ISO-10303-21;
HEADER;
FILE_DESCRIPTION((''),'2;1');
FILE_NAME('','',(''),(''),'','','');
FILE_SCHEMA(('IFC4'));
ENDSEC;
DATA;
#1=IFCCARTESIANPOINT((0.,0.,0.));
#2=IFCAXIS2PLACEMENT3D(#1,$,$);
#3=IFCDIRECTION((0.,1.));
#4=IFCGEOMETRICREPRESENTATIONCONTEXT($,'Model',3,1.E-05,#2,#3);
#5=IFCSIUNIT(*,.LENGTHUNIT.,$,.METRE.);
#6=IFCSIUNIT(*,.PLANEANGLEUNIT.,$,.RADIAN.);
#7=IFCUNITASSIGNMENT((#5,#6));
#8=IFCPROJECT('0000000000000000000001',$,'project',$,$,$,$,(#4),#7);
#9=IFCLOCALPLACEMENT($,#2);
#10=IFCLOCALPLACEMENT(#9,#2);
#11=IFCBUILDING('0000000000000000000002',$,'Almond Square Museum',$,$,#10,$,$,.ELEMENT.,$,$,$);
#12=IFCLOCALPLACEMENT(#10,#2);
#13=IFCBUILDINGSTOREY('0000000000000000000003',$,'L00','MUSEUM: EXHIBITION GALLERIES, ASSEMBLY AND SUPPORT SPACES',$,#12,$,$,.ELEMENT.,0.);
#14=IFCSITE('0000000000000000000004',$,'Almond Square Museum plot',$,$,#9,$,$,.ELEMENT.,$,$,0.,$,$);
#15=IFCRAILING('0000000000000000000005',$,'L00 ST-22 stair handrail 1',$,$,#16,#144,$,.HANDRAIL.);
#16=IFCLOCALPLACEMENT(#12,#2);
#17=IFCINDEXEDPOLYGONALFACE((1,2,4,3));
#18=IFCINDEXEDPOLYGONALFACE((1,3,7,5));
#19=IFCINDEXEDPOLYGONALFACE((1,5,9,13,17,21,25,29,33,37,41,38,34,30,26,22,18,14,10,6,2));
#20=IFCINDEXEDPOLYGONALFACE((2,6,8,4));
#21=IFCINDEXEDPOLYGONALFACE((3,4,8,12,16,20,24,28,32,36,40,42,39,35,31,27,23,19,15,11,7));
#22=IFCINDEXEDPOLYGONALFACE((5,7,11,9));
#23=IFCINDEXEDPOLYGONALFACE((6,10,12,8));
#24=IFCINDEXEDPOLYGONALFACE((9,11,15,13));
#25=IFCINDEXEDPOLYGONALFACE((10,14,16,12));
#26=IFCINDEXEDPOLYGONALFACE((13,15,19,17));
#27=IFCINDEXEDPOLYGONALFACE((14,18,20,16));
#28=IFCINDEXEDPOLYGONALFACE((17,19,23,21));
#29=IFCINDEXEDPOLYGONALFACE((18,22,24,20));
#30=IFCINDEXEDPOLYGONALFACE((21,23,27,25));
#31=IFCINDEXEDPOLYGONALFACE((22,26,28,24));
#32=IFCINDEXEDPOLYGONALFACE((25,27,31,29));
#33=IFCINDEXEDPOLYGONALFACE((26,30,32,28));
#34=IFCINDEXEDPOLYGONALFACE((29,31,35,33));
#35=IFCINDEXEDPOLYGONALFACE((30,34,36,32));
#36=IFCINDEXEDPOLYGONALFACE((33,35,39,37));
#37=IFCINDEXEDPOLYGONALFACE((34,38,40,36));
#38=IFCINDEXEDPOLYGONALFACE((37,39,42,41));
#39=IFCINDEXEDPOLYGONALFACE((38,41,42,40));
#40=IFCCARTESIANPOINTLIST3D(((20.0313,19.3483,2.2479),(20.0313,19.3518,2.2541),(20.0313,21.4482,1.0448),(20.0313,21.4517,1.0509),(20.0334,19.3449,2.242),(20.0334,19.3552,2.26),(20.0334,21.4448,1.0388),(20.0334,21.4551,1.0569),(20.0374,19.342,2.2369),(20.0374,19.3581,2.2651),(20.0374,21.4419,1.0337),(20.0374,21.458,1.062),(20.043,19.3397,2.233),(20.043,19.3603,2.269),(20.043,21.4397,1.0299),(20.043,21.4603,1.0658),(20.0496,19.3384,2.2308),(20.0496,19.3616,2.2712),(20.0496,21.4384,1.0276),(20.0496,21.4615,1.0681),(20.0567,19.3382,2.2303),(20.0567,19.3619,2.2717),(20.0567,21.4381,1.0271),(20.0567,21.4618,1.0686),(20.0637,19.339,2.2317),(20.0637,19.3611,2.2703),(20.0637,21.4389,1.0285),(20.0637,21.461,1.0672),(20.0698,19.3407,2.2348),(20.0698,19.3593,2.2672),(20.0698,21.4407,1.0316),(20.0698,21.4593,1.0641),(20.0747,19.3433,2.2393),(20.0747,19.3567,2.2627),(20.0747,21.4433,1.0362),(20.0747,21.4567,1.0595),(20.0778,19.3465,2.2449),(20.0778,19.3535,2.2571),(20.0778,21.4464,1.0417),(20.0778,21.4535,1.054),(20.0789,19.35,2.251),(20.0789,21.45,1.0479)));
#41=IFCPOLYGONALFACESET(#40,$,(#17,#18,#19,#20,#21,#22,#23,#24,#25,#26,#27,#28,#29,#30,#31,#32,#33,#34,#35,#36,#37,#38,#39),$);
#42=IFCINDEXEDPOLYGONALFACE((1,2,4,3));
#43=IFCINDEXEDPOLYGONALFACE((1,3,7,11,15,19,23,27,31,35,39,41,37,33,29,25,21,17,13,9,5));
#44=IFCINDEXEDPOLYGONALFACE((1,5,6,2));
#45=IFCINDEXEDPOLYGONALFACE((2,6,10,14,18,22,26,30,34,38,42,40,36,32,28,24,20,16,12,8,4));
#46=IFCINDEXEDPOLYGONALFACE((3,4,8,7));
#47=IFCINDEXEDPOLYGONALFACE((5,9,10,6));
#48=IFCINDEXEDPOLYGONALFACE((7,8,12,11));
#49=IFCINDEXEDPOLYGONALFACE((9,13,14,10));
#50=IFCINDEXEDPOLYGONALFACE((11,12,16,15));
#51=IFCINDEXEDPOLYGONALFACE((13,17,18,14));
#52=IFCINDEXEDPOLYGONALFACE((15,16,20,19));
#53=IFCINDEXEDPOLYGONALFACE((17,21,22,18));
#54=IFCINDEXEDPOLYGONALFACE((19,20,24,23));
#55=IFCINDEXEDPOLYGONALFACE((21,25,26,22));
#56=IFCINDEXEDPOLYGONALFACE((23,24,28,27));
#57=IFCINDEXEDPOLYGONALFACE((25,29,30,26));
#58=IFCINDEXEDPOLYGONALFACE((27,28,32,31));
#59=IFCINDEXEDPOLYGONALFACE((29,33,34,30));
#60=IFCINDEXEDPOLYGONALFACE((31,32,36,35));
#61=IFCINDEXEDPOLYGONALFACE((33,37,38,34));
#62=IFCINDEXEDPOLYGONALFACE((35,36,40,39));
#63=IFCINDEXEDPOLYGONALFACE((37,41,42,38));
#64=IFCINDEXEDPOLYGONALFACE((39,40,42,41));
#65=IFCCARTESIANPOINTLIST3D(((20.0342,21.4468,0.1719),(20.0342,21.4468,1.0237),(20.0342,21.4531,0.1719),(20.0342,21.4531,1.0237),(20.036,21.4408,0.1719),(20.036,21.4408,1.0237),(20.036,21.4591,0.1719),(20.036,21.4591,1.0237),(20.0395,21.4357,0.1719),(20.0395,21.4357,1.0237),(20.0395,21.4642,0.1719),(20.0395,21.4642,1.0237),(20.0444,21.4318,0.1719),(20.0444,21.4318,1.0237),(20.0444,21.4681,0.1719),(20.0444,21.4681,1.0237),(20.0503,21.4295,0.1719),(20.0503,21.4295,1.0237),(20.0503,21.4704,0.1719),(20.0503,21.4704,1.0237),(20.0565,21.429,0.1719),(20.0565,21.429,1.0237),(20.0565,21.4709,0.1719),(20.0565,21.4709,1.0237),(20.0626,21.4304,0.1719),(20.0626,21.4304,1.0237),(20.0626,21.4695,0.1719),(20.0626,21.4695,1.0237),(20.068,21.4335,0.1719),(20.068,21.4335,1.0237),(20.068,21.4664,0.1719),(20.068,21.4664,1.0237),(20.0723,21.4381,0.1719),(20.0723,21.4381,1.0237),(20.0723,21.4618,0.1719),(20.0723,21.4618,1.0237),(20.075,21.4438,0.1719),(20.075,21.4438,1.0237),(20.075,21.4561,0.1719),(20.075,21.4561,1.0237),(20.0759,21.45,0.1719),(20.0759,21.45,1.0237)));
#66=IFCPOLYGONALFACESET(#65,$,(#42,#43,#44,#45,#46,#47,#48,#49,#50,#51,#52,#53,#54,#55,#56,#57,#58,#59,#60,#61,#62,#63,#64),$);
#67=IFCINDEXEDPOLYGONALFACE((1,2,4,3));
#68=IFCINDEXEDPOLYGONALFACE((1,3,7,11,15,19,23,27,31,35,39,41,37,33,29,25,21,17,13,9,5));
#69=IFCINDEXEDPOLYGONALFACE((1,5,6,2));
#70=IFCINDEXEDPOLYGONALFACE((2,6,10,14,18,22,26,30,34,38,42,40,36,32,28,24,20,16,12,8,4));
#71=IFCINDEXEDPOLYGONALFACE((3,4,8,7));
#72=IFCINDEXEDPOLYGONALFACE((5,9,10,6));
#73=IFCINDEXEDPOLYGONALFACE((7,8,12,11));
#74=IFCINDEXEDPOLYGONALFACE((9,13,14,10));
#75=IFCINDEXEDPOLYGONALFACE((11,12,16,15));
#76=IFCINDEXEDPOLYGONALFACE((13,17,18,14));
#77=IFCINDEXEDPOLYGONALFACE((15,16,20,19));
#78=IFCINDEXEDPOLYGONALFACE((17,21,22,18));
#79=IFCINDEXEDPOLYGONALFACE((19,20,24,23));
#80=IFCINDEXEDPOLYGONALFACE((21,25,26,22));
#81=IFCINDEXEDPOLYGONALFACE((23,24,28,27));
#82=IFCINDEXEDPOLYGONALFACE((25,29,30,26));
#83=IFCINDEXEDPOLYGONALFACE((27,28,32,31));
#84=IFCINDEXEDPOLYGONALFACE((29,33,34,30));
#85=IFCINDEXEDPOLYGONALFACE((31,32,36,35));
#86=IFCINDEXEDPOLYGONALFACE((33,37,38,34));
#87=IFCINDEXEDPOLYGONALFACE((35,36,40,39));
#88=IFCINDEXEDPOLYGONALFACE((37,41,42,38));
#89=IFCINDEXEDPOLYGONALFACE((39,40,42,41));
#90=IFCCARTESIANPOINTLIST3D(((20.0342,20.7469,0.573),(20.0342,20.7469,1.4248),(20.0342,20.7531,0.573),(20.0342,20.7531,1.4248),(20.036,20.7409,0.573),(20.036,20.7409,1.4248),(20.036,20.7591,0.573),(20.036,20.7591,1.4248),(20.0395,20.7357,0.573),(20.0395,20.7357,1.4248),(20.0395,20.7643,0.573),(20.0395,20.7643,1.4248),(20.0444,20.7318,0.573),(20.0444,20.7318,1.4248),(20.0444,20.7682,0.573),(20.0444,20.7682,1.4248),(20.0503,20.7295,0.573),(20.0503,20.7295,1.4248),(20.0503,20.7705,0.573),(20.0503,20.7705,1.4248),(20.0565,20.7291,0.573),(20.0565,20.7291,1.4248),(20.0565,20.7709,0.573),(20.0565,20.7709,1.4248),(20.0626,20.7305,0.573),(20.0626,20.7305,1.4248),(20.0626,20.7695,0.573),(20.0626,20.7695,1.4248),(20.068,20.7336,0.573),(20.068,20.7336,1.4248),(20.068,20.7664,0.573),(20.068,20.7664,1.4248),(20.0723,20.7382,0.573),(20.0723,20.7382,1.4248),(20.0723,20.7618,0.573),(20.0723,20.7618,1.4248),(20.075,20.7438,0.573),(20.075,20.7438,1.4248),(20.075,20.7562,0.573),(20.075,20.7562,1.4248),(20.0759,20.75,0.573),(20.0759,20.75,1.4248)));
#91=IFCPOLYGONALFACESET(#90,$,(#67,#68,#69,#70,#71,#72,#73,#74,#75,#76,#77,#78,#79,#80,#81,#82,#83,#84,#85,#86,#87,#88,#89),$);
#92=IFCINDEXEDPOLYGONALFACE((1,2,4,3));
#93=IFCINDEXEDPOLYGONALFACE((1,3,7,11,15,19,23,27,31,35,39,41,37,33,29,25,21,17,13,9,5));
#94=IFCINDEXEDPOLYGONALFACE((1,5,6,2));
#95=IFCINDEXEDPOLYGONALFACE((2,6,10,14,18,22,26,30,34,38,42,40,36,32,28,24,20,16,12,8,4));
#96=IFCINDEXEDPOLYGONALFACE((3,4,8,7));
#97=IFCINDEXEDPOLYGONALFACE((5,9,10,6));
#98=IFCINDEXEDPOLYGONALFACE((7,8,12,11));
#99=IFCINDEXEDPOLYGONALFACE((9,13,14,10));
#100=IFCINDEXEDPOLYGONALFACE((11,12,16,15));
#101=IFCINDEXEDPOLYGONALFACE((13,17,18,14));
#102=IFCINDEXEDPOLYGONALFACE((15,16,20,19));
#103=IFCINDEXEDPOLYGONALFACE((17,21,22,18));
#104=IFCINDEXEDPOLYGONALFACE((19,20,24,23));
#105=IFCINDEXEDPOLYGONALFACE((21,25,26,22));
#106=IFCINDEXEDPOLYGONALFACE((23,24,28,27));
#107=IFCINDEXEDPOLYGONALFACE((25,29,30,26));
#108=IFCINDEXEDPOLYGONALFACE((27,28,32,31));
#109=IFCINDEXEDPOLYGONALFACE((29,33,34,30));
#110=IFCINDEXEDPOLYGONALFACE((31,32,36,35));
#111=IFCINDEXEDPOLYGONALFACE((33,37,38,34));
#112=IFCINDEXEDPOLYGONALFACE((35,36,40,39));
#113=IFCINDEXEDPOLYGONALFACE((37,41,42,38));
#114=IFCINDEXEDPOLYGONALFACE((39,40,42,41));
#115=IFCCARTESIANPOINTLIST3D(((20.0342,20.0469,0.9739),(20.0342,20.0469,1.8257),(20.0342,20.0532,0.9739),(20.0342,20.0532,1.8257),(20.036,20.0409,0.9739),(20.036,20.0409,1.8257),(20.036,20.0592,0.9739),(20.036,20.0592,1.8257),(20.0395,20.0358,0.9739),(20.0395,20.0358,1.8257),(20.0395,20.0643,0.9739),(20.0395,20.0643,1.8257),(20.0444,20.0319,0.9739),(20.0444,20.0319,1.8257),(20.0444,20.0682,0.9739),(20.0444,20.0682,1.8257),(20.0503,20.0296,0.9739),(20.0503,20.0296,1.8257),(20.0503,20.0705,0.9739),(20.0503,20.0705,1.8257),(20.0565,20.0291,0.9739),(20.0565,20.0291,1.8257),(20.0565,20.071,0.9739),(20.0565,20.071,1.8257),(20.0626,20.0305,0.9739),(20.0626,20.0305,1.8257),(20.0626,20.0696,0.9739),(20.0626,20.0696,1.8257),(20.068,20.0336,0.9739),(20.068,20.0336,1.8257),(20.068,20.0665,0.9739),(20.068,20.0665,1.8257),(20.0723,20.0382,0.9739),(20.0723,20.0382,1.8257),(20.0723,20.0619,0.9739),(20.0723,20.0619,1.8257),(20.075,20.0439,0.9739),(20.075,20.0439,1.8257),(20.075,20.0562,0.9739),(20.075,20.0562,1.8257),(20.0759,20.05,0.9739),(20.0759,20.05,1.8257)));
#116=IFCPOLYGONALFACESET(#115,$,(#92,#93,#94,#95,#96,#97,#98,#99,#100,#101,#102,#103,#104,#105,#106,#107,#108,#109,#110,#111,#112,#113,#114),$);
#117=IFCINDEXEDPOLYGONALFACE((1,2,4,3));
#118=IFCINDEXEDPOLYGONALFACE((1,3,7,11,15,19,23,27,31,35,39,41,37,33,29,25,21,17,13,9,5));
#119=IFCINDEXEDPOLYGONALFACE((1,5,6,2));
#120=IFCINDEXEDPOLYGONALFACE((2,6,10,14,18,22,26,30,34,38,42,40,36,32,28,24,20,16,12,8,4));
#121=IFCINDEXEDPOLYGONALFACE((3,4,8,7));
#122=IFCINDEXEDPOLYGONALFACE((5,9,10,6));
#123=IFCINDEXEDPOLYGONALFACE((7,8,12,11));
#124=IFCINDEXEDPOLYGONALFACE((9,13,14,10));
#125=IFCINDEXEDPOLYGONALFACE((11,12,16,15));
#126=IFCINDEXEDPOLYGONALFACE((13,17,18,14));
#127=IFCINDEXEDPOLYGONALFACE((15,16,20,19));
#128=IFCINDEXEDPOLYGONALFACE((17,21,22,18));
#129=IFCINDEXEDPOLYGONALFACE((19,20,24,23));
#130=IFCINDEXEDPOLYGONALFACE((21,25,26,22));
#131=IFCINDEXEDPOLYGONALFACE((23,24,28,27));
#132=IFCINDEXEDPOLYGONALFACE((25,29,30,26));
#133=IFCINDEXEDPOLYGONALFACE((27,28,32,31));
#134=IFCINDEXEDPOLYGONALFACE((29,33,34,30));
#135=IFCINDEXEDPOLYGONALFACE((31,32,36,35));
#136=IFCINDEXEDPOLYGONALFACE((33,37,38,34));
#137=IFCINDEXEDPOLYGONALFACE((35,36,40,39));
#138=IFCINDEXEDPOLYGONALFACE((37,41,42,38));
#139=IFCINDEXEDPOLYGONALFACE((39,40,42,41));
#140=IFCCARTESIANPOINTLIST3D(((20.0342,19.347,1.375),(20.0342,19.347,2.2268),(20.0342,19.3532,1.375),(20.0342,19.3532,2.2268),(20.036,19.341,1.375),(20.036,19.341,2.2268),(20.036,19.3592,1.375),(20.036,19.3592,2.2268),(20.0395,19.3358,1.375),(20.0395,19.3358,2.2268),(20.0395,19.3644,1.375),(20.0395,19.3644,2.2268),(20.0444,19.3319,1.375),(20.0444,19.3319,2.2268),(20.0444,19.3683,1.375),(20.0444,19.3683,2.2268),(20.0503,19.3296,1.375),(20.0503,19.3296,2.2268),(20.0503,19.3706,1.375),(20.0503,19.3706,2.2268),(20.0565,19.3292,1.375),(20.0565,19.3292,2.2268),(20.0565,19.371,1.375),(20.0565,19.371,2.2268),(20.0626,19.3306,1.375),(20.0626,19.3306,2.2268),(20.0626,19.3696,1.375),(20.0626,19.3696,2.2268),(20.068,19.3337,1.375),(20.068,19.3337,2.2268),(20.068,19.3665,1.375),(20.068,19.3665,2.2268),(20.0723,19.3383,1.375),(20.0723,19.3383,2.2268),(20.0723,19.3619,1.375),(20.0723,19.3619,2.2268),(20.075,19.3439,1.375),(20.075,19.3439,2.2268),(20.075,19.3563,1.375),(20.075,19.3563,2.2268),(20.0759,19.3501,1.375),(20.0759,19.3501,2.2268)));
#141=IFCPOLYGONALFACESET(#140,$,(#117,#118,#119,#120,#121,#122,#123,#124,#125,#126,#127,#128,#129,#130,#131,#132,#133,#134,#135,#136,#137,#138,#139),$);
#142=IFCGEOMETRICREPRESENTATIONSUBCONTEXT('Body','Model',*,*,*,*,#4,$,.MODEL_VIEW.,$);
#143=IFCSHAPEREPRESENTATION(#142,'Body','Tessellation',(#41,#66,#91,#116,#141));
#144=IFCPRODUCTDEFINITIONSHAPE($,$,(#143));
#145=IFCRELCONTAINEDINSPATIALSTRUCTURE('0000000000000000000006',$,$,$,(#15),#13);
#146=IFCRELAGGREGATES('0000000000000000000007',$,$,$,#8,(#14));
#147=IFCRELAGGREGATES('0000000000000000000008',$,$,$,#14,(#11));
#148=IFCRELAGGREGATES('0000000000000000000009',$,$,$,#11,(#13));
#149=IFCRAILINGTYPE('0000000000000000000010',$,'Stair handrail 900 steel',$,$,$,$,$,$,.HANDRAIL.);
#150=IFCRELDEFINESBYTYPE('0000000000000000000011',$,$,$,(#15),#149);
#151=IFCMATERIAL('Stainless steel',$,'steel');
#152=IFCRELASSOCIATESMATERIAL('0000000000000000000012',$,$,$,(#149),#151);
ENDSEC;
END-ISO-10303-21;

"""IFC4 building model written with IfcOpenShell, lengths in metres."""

from ifc_helpers import new_model, si_unit, direction, frame, origin, origin_2d, place, context, subcontext, project, spatial, circle, extrude, material, type_object, element, save


model = new_model("IFC4")

# Units and contexts
model_context = context("Model", 3, precision=1e-05, world=origin(), true_north=direction((0.0, 1.0)))
body_context = subcontext(model_context, "Body", "Model", "MODEL_VIEW")
ifc_project = project(units=[si_unit("LENGTHUNIT", "METRE"), si_unit("PLANEANGLEUNIT", "RADIAN")], contexts=[model_context])

# Site, building, storey
site_placement = place(None, origin())
site = spatial("IfcSite", under=ifc_project, at=site_placement, Name="Almond Square Museum plot", CompositionType="ELEMENT", RefElevation=0.0)
building_placement = place(site_placement, origin())
building = spatial("IfcBuilding", under=site, at=building_placement, Name="Almond Square Museum", CompositionType="ELEMENT")
storey_placement = place(building_placement, origin())
storey = spatial("IfcBuildingStorey", under=building, at=storey_placement, Name="L00", Description="MUSEUM: EXHIBITION GALLERIES, ASSEMBLY AND SUPPORT SPACES", CompositionType="ELEMENT", Elevation=0.0)

# Railing
ifc_material_1 = material(Name="Stainless steel", Category="steel")
railing_type_1 = type_object("IfcRailingType", Name="Stair handrail 900 steel", PredefinedType="HANDRAIL", material=ifc_material_1)
for number, where, name in (
    (1, (20.0549, 21.45, 0.1719), "L00 ST-22 stair handrail 1"),
):
    element("IfcRailing", number, at=place(storey_placement, frame(where)), inside=storey, type_object=railing_type_1, Name=name, PredefinedType="HANDRAIL", context=body_context, shape_type="SweptSolid", body=[
        extrude(circle(Radius=0.0239, at=origin_2d()), frame((0.0, 0.0, 0.876), z_axis=(0.0, -0.867671, 0.497138), x_axis=(1.0, 0.0, 0.0)), (0.0, 0.0, 1.0), 2.4202),
        extrude(circle(Radius=0.021, at=origin_2d()), origin(), (0.0, 0.0, 1.0), 0.8518),
        extrude(circle(Radius=0.021, at=origin_2d()), frame((0.0, -0.7, 0.4011)), (0.0, 0.0, 1.0), 0.8518),
        extrude(circle(Radius=0.021, at=origin_2d()), frame((0.0, -1.3999, 0.802)), (0.0, 0.0, 1.0), 0.8518),
        extrude(circle(Radius=0.021, at=origin_2d()), frame((0.0, -2.0999, 1.2031)), (0.0, 0.0, 1.0), 0.8518),
    ])

save(model, "model.ifc")
